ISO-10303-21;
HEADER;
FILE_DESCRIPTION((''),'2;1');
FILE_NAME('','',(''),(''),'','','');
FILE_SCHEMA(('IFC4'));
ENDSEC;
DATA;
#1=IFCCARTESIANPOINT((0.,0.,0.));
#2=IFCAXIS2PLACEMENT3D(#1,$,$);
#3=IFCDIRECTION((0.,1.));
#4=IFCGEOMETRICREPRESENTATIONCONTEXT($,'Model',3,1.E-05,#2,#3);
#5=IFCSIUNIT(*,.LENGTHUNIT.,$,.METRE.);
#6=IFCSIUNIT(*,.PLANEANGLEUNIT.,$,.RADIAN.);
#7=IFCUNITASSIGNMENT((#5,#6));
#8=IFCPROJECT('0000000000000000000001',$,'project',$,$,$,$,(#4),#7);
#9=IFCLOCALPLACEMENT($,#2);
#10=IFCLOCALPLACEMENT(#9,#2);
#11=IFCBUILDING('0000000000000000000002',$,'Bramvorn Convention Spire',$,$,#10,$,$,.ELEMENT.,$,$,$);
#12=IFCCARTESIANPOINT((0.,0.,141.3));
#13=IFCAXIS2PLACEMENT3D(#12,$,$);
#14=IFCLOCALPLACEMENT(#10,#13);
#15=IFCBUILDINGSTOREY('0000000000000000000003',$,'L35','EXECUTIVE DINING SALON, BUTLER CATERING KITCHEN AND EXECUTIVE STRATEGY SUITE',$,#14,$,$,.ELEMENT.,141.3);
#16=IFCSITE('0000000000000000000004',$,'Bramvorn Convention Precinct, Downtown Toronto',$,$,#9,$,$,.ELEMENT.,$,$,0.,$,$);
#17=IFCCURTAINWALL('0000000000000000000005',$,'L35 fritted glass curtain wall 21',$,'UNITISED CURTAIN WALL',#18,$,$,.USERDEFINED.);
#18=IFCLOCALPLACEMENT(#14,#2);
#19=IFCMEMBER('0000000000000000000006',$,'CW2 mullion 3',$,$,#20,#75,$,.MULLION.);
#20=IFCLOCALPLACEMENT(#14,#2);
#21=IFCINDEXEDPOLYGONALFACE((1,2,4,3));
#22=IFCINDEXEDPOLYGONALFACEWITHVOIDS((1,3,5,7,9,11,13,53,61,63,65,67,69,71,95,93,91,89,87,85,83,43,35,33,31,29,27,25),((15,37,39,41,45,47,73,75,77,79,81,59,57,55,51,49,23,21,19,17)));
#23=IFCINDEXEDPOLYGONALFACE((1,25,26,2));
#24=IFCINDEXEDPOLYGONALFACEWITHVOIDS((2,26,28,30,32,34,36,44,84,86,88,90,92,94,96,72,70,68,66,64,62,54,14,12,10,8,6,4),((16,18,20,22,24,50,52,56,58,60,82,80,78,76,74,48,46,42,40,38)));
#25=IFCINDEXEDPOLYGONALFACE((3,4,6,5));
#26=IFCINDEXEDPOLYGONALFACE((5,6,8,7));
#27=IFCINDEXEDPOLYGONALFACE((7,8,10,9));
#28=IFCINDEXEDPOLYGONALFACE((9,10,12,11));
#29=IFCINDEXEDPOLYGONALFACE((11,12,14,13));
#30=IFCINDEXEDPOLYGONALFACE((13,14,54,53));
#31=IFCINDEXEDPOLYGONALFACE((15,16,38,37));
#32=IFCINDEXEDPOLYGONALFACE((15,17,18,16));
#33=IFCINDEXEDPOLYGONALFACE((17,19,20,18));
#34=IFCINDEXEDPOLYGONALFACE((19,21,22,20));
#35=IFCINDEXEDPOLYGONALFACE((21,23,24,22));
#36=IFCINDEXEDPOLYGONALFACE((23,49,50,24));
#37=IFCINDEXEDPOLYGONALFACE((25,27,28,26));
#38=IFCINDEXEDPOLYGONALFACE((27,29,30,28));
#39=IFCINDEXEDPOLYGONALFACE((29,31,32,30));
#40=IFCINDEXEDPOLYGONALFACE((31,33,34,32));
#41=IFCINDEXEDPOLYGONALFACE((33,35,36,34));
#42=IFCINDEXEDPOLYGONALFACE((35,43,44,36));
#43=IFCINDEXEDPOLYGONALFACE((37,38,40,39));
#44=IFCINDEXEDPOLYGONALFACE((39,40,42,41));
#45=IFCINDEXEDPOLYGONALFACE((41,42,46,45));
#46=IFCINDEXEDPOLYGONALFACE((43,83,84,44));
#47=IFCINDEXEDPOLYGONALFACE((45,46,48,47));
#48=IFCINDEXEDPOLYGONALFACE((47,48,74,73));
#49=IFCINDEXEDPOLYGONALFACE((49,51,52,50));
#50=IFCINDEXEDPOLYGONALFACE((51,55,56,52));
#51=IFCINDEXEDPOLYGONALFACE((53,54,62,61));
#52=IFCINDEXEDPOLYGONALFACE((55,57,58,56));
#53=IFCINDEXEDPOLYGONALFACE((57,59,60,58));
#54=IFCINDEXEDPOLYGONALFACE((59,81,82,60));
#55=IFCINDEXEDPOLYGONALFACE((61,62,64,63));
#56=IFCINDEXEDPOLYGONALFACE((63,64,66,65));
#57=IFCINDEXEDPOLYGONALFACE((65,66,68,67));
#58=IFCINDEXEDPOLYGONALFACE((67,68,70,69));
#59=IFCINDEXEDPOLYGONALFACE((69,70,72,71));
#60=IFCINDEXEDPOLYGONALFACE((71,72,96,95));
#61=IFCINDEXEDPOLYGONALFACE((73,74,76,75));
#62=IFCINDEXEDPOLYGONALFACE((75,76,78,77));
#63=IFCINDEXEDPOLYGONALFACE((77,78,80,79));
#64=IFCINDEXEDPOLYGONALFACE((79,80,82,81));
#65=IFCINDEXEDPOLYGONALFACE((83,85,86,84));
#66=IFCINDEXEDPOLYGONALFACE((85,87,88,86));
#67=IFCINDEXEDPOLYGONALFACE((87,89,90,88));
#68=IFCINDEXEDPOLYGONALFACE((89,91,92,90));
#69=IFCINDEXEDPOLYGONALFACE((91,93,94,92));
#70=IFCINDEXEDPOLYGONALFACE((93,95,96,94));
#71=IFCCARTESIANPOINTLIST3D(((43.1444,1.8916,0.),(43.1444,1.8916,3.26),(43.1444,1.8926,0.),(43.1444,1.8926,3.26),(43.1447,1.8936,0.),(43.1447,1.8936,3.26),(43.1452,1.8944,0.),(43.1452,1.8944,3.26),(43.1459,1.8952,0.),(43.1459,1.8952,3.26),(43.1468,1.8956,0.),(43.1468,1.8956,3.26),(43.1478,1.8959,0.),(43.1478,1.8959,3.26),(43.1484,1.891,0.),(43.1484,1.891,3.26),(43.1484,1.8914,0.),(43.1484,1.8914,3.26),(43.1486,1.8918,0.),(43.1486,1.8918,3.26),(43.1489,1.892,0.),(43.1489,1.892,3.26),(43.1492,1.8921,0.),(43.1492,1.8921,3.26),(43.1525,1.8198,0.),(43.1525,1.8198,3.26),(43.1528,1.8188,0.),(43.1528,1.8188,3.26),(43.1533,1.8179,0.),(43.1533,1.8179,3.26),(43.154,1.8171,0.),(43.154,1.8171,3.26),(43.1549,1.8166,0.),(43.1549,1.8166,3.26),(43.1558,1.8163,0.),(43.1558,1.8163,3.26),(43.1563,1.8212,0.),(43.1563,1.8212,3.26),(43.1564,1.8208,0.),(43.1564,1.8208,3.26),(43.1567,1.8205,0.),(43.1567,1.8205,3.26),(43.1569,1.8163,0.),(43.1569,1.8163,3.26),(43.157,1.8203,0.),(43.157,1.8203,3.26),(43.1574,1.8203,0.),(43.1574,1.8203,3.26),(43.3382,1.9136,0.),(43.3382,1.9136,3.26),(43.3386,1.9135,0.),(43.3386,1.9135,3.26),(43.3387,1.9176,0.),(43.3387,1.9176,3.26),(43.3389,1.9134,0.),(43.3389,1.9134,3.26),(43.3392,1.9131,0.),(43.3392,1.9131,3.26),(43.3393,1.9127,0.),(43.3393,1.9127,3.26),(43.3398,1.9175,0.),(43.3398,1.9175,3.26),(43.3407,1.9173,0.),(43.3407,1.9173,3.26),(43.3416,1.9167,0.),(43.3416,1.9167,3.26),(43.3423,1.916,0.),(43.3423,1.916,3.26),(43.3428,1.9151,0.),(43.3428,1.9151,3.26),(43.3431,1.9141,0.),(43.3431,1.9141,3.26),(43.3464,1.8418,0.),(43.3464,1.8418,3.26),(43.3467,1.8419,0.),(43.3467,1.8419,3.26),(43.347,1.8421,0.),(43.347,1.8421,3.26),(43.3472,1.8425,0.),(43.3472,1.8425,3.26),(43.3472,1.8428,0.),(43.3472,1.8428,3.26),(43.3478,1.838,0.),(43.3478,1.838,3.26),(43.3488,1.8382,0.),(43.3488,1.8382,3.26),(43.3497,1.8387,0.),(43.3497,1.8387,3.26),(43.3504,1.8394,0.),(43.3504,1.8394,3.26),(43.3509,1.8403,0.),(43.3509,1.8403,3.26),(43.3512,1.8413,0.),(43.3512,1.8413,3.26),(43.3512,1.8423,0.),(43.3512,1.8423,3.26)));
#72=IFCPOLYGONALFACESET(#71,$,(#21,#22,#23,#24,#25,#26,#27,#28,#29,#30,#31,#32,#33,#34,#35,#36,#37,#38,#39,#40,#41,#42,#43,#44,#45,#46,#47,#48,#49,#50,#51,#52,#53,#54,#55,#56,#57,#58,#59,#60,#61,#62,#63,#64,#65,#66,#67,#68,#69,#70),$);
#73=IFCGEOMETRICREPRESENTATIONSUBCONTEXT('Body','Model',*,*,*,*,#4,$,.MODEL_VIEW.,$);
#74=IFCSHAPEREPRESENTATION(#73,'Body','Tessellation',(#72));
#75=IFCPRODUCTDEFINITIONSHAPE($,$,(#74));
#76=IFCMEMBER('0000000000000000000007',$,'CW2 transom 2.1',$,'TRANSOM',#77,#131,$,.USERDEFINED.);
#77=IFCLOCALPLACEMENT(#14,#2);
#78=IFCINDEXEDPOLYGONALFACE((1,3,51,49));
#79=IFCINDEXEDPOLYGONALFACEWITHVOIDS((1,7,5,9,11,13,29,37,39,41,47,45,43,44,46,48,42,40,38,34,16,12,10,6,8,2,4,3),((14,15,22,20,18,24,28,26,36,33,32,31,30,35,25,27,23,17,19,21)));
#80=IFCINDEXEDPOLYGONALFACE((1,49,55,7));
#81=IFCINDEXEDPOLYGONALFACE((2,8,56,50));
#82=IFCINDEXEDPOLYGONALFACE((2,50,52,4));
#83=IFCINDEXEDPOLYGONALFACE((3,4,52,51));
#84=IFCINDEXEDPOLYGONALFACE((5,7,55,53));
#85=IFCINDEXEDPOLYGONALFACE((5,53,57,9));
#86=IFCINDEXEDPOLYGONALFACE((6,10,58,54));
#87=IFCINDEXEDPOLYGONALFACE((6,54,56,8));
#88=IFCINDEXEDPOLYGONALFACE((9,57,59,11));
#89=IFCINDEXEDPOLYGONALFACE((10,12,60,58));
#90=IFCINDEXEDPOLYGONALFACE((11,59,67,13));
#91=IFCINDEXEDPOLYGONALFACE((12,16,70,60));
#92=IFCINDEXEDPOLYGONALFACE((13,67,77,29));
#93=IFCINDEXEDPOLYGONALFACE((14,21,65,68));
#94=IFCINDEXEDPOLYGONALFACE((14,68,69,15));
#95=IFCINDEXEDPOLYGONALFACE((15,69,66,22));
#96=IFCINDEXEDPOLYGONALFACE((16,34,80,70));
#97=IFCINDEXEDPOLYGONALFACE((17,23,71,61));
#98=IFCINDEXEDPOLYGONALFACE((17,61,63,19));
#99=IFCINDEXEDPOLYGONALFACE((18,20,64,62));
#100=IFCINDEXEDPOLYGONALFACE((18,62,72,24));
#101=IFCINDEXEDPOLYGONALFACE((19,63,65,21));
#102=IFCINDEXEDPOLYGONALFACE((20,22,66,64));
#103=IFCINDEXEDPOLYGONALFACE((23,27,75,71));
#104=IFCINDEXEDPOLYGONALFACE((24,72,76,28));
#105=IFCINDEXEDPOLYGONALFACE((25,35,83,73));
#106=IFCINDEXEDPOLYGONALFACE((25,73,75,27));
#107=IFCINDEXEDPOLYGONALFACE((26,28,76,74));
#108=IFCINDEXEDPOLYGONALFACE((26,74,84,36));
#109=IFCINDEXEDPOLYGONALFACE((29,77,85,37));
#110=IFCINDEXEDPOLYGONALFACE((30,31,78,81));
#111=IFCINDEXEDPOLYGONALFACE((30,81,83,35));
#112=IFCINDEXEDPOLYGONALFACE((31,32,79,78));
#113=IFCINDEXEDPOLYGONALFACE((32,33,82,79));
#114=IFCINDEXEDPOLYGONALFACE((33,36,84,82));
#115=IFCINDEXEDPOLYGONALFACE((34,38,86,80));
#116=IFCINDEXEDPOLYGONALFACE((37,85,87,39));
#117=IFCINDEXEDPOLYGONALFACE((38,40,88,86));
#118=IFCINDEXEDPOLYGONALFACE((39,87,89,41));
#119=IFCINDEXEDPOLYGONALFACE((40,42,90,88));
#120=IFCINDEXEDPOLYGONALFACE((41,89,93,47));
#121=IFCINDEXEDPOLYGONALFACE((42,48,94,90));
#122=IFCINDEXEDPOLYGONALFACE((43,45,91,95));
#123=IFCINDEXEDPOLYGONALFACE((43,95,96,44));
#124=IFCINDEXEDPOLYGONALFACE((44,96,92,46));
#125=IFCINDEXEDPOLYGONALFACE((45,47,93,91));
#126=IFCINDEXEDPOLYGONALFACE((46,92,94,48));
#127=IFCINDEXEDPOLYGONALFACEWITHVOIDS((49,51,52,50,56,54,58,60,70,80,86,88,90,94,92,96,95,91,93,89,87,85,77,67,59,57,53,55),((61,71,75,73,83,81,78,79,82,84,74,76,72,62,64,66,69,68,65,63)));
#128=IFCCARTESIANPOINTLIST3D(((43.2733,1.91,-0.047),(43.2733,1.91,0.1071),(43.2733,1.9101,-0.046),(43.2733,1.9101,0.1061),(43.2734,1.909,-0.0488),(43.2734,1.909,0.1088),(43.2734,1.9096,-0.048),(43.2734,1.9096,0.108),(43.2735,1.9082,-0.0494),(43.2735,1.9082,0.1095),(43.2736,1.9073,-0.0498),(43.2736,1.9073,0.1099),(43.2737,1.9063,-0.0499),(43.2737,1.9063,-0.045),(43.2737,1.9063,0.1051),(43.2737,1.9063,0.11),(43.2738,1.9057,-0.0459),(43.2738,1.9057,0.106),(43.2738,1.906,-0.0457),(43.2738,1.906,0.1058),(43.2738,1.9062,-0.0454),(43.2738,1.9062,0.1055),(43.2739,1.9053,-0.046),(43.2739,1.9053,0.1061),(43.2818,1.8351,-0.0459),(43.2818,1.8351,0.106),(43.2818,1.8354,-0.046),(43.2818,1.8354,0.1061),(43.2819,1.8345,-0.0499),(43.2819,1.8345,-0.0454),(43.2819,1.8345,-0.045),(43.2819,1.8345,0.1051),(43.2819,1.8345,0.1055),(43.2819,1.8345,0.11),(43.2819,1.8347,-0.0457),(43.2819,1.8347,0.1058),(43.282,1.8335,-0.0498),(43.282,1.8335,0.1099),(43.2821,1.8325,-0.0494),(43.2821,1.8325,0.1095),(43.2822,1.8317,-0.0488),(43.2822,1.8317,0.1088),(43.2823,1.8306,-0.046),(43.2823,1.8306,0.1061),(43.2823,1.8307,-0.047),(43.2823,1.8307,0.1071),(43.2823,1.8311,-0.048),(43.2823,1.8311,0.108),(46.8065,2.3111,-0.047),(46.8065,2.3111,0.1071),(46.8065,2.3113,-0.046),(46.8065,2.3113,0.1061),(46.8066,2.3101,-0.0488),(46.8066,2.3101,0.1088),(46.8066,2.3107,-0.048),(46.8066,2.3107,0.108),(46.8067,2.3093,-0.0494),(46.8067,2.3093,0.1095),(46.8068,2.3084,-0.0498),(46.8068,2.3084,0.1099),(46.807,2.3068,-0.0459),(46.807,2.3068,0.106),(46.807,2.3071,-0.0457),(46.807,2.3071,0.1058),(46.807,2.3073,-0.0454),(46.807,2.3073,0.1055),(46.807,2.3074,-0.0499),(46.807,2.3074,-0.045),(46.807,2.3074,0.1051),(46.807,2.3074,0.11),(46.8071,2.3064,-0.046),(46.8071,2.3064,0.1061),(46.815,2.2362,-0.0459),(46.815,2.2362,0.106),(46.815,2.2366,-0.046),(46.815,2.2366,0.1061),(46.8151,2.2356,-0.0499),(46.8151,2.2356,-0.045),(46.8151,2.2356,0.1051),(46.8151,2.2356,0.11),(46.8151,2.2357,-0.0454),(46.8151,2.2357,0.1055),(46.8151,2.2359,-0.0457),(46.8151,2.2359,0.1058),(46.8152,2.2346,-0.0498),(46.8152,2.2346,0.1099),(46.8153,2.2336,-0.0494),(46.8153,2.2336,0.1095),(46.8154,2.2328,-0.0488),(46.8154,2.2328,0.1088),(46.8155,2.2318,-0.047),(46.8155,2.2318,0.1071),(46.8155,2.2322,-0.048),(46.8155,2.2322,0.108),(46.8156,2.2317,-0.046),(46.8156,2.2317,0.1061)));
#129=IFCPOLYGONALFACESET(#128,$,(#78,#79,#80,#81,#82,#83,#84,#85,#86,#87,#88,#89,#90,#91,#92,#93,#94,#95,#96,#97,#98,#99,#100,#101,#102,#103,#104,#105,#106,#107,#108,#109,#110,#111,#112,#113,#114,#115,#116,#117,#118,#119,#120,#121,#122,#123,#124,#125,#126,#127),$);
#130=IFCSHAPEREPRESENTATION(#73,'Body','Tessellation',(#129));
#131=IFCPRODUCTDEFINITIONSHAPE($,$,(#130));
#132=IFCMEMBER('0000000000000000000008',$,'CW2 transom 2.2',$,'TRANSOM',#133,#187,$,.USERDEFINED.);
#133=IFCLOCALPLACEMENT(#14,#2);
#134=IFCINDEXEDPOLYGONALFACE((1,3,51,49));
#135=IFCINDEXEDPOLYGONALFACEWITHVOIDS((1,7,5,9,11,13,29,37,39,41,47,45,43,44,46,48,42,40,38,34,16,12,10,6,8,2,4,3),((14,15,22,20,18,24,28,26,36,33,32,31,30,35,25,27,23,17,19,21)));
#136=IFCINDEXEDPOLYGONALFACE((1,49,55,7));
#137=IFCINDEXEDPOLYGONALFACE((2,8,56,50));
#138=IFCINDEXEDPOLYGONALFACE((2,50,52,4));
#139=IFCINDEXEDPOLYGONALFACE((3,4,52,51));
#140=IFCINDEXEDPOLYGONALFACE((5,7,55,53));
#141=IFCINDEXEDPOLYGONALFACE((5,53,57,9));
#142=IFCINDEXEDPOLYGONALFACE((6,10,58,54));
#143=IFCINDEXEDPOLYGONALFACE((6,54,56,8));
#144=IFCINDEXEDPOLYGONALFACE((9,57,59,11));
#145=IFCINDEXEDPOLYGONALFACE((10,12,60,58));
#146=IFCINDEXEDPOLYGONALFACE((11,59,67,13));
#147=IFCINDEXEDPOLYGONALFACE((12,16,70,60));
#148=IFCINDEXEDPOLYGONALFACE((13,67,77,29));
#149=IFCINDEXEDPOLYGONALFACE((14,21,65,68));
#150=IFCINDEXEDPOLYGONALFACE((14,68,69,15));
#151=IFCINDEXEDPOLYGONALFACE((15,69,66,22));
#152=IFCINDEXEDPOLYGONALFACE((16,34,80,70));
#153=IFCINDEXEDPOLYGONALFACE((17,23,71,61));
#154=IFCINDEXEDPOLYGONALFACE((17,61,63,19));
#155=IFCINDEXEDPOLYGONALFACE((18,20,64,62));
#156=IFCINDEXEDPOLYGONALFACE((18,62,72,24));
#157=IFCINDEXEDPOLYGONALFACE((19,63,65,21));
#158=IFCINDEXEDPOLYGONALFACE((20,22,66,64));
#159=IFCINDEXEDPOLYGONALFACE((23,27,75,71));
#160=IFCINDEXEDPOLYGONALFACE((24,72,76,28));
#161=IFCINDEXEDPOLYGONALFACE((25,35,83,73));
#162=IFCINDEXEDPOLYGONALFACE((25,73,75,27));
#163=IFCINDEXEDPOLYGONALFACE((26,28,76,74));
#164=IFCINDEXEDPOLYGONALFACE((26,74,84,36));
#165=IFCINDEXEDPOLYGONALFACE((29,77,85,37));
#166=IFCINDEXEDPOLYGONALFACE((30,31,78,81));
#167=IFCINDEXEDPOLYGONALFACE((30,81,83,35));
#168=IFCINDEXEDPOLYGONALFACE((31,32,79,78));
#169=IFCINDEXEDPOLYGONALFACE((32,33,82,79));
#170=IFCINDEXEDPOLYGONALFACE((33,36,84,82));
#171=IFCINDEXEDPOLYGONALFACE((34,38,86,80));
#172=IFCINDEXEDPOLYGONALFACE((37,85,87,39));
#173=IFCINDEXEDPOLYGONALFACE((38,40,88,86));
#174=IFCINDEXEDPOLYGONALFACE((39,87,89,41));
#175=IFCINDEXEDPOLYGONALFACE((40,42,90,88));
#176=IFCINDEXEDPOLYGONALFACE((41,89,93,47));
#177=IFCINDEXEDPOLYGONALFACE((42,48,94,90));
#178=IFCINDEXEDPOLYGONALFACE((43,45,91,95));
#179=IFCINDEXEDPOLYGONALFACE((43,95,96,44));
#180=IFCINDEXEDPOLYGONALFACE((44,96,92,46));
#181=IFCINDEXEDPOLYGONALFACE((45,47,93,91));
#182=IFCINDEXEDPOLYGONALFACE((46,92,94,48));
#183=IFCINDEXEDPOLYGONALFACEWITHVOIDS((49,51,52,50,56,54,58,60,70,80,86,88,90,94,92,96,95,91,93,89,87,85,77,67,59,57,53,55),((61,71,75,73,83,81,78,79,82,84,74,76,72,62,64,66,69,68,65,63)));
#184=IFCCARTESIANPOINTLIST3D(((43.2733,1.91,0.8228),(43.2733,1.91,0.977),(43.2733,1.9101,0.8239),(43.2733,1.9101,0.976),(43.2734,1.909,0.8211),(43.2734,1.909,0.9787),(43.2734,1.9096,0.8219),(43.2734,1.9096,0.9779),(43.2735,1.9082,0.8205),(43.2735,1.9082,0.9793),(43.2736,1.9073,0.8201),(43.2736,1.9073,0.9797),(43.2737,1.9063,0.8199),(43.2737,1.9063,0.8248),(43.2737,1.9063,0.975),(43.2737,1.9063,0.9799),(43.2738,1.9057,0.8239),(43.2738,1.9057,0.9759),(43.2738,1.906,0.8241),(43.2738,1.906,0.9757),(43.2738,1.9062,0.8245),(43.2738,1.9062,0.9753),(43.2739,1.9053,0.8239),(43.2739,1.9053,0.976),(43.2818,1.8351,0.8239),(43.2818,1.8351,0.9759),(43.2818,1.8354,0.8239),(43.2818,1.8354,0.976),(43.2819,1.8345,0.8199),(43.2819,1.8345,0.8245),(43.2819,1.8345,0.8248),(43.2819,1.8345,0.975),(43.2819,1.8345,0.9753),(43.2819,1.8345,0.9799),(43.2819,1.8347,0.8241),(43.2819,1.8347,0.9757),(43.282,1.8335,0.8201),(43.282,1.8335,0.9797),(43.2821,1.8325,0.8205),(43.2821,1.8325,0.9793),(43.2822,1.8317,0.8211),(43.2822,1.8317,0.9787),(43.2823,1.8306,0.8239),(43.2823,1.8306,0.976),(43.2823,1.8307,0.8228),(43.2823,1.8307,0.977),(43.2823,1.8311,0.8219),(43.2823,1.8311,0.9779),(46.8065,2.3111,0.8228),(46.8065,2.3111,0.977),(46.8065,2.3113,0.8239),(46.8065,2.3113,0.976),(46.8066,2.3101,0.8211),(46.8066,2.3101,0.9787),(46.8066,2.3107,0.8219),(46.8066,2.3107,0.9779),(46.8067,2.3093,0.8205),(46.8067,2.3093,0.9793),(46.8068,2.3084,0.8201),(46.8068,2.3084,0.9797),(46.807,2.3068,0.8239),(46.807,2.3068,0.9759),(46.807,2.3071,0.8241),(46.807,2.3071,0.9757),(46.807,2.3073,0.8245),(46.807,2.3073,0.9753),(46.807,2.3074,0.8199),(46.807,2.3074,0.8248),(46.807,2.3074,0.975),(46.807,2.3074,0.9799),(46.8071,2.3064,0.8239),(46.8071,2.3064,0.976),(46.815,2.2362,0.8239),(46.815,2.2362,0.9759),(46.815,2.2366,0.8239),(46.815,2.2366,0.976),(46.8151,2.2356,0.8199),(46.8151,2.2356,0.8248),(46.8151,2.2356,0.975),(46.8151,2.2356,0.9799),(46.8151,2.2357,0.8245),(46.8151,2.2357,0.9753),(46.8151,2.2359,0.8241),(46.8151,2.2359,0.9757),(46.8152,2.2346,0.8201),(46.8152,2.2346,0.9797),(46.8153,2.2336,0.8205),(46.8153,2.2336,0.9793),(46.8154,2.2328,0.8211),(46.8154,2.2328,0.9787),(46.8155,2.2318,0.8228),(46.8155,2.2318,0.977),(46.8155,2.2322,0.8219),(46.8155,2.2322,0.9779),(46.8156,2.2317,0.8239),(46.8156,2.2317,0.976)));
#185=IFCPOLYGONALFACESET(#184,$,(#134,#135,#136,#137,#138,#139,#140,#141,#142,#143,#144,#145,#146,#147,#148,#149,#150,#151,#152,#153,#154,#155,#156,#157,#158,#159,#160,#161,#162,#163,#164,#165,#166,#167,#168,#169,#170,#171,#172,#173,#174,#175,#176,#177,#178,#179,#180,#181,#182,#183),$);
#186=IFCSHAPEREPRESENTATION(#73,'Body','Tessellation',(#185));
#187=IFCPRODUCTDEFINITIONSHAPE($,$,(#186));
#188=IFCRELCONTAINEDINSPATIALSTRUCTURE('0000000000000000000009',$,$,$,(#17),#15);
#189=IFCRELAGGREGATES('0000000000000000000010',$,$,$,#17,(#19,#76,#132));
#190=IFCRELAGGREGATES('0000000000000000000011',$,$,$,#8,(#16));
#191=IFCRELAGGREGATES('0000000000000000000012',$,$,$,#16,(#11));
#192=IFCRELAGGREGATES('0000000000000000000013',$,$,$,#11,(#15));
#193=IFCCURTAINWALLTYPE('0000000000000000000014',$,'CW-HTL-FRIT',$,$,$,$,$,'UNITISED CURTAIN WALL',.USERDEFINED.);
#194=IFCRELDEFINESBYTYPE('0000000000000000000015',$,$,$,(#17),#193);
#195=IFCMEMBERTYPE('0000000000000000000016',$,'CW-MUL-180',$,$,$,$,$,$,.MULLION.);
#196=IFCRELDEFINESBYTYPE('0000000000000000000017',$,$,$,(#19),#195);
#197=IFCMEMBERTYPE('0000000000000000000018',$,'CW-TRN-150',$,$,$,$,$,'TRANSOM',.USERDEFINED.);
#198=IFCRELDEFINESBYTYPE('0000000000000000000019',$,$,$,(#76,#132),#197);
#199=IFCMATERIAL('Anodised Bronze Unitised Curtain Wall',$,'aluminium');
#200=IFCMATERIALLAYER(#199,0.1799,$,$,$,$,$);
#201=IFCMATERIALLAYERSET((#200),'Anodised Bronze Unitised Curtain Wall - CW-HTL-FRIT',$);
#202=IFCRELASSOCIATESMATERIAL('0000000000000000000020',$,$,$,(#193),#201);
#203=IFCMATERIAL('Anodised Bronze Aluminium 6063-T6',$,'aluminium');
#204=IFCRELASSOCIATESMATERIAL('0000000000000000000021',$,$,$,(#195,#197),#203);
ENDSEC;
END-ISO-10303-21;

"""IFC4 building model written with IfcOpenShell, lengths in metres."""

from ifc_helpers import new_model, si_unit, direction, frame, origin, origin_2d, place, context, subcontext, project, spatial, hollow_rectangle, extrude, material, layer, layer_set, material_profile, profile_set, type_object, element, aggregate, save


model = new_model("IFC4")

# Units and contexts
model_context = context("Model", 3, precision=1e-05, world=origin(), true_north=direction((0.0, 1.0)))
body_context = subcontext(model_context, "Body", "Model", "MODEL_VIEW")
ifc_project = project(units=[si_unit("LENGTHUNIT", "METRE"), si_unit("PLANEANGLEUNIT", "RADIAN")], contexts=[model_context])

# Site, building, storey
site_placement = place(None, origin())
site = spatial("IfcSite", under=ifc_project, at=site_placement, Name="Bramvorn Convention Precinct, Downtown Toronto", CompositionType="ELEMENT", RefElevation=0.0)
building_placement = place(site_placement, origin())
building = spatial("IfcBuilding", under=site, at=building_placement, Name="Bramvorn Convention Spire", CompositionType="ELEMENT")
storey_placement = place(building_placement, frame((0.0, 0.0, 141.3)))
storey = spatial("IfcBuildingStorey", under=building, at=storey_placement, Name="L35", Description="EXECUTIVE DINING SALON, BUTLER CATERING KITCHEN AND EXECUTIVE STRATEGY SUITE", CompositionType="ELEMENT", Elevation=141.3)

# Curtain wall, members
ifc_material_1 = material(Name="Anodised Bronze Unitised Curtain Wall", Category="aluminium")
ifc_layer_1 = layer(ifc_material_1, 0.1799)
ifc_layer_set_1 = layer_set([ifc_layer_1], Name="Anodised Bronze Unitised Curtain Wall - CW-HTL-FRIT")
curtain_wall_type = type_object("IfcCurtainWallType", Name="CW-HTL-FRIT", ElementType="UNITISED CURTAIN WALL", PredefinedType="USERDEFINED", material=ifc_layer_set_1)
curtain_wall_placement = place(storey_placement, origin())
curtain_wall = element("IfcCurtainWall", 1, at=curtain_wall_placement, inside=storey, type_object=curtain_wall_type, Name="L35 fritted glass curtain wall 21", ObjectType="UNITISED CURTAIN WALL", PredefinedType="USERDEFINED")
ifc_material_2 = material(Name="Anodised Bronze Aluminium 6063-T6", Category="aluminium")
ifc_material_profile_1 = material_profile(ifc_material_2, hollow_rectangle(XDim=0.0801, YDim=0.2, WallThickness=0.0039, InnerFilletRadius=0.001, OuterFilletRadius=0.0039, at=origin_2d()))
ifc_profile_set_1 = profile_set([ifc_material_profile_1], Name="Anodised Bronze Aluminium 6063-T6 - CWM80X200")
member_type_1 = type_object("IfcMemberType", Name="CW-MUL-180", PredefinedType="MULLION", material=ifc_profile_set_1)
member_1_placement = place(storey_placement, frame((43.2478, 1.8669, 0.0), z_axis=(0.0, 0.0, 1.0), x_axis=(0.112784, -0.99362, 0.0)))
member_1 = element("IfcMember", 2, at=member_1_placement, type_object=member_type_1, Name="CW2 mullion 3", PredefinedType="MULLION", context=body_context, shape_type="SweptSolid", body=[
    extrude(hollow_rectangle(XDim=0.0801, YDim=0.2, WallThickness=0.0039, InnerFilletRadius=0.001, OuterFilletRadius=0.0039, at=origin_2d()), origin(), (0.0, 0.0, 1.0), 3.26),
])
ifc_material_profile_2 = material_profile(ifc_material_2, hollow_rectangle(XDim=0.0801, YDim=0.1599, WallThickness=0.0039, InnerFilletRadius=0.001, OuterFilletRadius=0.0039, at=origin_2d()))
ifc_profile_set_2 = profile_set([ifc_material_profile_2], Name="Anodised Bronze Aluminium 6063-T6 - CWT80X160")
member_type_2 = type_object("IfcMemberType", Name="CW-TRN-150", ElementType="TRANSOM", PredefinedType="USERDEFINED", material=ifc_profile_set_2)
member_2_placement = place(storey_placement, frame((46.811, 2.2715, 0.03), z_axis=(-0.993617, -0.112805, 0.0), x_axis=(0.112805, -0.993617, 0.0)))
member_2 = element("IfcMember", 3, at=member_2_placement, type_object=member_type_2, Name="CW2 transom 2.1", ObjectType="TRANSOM", PredefinedType="USERDEFINED", context=body_context, shape_type="SweptSolid", body=[
    extrude(hollow_rectangle(XDim=0.0801, YDim=0.1599, WallThickness=0.0039, InnerFilletRadius=0.001, OuterFilletRadius=0.0039, at=origin_2d()), origin(), (0.0, 0.0, 1.0), 3.5559),
])
member_3_placement = place(storey_placement, frame((46.811, 2.2715, 0.8999), z_axis=(-0.993617, -0.112805, 0.0), x_axis=(0.112805, -0.993617, 0.0)))
member_3 = element("IfcMember", 4, at=member_3_placement, type_object=member_type_2, Name="CW2 transom 2.2", ObjectType="TRANSOM", PredefinedType="USERDEFINED", context=body_context, shape_type="SweptSolid", body=[
    extrude(hollow_rectangle(XDim=0.0801, YDim=0.1599, WallThickness=0.0039, InnerFilletRadius=0.001, OuterFilletRadius=0.0039, at=origin_2d()), origin(), (0.0, 0.0, 1.0), 3.5559),
])
aggregate(curtain_wall, [member_1, member_2, member_3])

save(model, "model.ifc")
